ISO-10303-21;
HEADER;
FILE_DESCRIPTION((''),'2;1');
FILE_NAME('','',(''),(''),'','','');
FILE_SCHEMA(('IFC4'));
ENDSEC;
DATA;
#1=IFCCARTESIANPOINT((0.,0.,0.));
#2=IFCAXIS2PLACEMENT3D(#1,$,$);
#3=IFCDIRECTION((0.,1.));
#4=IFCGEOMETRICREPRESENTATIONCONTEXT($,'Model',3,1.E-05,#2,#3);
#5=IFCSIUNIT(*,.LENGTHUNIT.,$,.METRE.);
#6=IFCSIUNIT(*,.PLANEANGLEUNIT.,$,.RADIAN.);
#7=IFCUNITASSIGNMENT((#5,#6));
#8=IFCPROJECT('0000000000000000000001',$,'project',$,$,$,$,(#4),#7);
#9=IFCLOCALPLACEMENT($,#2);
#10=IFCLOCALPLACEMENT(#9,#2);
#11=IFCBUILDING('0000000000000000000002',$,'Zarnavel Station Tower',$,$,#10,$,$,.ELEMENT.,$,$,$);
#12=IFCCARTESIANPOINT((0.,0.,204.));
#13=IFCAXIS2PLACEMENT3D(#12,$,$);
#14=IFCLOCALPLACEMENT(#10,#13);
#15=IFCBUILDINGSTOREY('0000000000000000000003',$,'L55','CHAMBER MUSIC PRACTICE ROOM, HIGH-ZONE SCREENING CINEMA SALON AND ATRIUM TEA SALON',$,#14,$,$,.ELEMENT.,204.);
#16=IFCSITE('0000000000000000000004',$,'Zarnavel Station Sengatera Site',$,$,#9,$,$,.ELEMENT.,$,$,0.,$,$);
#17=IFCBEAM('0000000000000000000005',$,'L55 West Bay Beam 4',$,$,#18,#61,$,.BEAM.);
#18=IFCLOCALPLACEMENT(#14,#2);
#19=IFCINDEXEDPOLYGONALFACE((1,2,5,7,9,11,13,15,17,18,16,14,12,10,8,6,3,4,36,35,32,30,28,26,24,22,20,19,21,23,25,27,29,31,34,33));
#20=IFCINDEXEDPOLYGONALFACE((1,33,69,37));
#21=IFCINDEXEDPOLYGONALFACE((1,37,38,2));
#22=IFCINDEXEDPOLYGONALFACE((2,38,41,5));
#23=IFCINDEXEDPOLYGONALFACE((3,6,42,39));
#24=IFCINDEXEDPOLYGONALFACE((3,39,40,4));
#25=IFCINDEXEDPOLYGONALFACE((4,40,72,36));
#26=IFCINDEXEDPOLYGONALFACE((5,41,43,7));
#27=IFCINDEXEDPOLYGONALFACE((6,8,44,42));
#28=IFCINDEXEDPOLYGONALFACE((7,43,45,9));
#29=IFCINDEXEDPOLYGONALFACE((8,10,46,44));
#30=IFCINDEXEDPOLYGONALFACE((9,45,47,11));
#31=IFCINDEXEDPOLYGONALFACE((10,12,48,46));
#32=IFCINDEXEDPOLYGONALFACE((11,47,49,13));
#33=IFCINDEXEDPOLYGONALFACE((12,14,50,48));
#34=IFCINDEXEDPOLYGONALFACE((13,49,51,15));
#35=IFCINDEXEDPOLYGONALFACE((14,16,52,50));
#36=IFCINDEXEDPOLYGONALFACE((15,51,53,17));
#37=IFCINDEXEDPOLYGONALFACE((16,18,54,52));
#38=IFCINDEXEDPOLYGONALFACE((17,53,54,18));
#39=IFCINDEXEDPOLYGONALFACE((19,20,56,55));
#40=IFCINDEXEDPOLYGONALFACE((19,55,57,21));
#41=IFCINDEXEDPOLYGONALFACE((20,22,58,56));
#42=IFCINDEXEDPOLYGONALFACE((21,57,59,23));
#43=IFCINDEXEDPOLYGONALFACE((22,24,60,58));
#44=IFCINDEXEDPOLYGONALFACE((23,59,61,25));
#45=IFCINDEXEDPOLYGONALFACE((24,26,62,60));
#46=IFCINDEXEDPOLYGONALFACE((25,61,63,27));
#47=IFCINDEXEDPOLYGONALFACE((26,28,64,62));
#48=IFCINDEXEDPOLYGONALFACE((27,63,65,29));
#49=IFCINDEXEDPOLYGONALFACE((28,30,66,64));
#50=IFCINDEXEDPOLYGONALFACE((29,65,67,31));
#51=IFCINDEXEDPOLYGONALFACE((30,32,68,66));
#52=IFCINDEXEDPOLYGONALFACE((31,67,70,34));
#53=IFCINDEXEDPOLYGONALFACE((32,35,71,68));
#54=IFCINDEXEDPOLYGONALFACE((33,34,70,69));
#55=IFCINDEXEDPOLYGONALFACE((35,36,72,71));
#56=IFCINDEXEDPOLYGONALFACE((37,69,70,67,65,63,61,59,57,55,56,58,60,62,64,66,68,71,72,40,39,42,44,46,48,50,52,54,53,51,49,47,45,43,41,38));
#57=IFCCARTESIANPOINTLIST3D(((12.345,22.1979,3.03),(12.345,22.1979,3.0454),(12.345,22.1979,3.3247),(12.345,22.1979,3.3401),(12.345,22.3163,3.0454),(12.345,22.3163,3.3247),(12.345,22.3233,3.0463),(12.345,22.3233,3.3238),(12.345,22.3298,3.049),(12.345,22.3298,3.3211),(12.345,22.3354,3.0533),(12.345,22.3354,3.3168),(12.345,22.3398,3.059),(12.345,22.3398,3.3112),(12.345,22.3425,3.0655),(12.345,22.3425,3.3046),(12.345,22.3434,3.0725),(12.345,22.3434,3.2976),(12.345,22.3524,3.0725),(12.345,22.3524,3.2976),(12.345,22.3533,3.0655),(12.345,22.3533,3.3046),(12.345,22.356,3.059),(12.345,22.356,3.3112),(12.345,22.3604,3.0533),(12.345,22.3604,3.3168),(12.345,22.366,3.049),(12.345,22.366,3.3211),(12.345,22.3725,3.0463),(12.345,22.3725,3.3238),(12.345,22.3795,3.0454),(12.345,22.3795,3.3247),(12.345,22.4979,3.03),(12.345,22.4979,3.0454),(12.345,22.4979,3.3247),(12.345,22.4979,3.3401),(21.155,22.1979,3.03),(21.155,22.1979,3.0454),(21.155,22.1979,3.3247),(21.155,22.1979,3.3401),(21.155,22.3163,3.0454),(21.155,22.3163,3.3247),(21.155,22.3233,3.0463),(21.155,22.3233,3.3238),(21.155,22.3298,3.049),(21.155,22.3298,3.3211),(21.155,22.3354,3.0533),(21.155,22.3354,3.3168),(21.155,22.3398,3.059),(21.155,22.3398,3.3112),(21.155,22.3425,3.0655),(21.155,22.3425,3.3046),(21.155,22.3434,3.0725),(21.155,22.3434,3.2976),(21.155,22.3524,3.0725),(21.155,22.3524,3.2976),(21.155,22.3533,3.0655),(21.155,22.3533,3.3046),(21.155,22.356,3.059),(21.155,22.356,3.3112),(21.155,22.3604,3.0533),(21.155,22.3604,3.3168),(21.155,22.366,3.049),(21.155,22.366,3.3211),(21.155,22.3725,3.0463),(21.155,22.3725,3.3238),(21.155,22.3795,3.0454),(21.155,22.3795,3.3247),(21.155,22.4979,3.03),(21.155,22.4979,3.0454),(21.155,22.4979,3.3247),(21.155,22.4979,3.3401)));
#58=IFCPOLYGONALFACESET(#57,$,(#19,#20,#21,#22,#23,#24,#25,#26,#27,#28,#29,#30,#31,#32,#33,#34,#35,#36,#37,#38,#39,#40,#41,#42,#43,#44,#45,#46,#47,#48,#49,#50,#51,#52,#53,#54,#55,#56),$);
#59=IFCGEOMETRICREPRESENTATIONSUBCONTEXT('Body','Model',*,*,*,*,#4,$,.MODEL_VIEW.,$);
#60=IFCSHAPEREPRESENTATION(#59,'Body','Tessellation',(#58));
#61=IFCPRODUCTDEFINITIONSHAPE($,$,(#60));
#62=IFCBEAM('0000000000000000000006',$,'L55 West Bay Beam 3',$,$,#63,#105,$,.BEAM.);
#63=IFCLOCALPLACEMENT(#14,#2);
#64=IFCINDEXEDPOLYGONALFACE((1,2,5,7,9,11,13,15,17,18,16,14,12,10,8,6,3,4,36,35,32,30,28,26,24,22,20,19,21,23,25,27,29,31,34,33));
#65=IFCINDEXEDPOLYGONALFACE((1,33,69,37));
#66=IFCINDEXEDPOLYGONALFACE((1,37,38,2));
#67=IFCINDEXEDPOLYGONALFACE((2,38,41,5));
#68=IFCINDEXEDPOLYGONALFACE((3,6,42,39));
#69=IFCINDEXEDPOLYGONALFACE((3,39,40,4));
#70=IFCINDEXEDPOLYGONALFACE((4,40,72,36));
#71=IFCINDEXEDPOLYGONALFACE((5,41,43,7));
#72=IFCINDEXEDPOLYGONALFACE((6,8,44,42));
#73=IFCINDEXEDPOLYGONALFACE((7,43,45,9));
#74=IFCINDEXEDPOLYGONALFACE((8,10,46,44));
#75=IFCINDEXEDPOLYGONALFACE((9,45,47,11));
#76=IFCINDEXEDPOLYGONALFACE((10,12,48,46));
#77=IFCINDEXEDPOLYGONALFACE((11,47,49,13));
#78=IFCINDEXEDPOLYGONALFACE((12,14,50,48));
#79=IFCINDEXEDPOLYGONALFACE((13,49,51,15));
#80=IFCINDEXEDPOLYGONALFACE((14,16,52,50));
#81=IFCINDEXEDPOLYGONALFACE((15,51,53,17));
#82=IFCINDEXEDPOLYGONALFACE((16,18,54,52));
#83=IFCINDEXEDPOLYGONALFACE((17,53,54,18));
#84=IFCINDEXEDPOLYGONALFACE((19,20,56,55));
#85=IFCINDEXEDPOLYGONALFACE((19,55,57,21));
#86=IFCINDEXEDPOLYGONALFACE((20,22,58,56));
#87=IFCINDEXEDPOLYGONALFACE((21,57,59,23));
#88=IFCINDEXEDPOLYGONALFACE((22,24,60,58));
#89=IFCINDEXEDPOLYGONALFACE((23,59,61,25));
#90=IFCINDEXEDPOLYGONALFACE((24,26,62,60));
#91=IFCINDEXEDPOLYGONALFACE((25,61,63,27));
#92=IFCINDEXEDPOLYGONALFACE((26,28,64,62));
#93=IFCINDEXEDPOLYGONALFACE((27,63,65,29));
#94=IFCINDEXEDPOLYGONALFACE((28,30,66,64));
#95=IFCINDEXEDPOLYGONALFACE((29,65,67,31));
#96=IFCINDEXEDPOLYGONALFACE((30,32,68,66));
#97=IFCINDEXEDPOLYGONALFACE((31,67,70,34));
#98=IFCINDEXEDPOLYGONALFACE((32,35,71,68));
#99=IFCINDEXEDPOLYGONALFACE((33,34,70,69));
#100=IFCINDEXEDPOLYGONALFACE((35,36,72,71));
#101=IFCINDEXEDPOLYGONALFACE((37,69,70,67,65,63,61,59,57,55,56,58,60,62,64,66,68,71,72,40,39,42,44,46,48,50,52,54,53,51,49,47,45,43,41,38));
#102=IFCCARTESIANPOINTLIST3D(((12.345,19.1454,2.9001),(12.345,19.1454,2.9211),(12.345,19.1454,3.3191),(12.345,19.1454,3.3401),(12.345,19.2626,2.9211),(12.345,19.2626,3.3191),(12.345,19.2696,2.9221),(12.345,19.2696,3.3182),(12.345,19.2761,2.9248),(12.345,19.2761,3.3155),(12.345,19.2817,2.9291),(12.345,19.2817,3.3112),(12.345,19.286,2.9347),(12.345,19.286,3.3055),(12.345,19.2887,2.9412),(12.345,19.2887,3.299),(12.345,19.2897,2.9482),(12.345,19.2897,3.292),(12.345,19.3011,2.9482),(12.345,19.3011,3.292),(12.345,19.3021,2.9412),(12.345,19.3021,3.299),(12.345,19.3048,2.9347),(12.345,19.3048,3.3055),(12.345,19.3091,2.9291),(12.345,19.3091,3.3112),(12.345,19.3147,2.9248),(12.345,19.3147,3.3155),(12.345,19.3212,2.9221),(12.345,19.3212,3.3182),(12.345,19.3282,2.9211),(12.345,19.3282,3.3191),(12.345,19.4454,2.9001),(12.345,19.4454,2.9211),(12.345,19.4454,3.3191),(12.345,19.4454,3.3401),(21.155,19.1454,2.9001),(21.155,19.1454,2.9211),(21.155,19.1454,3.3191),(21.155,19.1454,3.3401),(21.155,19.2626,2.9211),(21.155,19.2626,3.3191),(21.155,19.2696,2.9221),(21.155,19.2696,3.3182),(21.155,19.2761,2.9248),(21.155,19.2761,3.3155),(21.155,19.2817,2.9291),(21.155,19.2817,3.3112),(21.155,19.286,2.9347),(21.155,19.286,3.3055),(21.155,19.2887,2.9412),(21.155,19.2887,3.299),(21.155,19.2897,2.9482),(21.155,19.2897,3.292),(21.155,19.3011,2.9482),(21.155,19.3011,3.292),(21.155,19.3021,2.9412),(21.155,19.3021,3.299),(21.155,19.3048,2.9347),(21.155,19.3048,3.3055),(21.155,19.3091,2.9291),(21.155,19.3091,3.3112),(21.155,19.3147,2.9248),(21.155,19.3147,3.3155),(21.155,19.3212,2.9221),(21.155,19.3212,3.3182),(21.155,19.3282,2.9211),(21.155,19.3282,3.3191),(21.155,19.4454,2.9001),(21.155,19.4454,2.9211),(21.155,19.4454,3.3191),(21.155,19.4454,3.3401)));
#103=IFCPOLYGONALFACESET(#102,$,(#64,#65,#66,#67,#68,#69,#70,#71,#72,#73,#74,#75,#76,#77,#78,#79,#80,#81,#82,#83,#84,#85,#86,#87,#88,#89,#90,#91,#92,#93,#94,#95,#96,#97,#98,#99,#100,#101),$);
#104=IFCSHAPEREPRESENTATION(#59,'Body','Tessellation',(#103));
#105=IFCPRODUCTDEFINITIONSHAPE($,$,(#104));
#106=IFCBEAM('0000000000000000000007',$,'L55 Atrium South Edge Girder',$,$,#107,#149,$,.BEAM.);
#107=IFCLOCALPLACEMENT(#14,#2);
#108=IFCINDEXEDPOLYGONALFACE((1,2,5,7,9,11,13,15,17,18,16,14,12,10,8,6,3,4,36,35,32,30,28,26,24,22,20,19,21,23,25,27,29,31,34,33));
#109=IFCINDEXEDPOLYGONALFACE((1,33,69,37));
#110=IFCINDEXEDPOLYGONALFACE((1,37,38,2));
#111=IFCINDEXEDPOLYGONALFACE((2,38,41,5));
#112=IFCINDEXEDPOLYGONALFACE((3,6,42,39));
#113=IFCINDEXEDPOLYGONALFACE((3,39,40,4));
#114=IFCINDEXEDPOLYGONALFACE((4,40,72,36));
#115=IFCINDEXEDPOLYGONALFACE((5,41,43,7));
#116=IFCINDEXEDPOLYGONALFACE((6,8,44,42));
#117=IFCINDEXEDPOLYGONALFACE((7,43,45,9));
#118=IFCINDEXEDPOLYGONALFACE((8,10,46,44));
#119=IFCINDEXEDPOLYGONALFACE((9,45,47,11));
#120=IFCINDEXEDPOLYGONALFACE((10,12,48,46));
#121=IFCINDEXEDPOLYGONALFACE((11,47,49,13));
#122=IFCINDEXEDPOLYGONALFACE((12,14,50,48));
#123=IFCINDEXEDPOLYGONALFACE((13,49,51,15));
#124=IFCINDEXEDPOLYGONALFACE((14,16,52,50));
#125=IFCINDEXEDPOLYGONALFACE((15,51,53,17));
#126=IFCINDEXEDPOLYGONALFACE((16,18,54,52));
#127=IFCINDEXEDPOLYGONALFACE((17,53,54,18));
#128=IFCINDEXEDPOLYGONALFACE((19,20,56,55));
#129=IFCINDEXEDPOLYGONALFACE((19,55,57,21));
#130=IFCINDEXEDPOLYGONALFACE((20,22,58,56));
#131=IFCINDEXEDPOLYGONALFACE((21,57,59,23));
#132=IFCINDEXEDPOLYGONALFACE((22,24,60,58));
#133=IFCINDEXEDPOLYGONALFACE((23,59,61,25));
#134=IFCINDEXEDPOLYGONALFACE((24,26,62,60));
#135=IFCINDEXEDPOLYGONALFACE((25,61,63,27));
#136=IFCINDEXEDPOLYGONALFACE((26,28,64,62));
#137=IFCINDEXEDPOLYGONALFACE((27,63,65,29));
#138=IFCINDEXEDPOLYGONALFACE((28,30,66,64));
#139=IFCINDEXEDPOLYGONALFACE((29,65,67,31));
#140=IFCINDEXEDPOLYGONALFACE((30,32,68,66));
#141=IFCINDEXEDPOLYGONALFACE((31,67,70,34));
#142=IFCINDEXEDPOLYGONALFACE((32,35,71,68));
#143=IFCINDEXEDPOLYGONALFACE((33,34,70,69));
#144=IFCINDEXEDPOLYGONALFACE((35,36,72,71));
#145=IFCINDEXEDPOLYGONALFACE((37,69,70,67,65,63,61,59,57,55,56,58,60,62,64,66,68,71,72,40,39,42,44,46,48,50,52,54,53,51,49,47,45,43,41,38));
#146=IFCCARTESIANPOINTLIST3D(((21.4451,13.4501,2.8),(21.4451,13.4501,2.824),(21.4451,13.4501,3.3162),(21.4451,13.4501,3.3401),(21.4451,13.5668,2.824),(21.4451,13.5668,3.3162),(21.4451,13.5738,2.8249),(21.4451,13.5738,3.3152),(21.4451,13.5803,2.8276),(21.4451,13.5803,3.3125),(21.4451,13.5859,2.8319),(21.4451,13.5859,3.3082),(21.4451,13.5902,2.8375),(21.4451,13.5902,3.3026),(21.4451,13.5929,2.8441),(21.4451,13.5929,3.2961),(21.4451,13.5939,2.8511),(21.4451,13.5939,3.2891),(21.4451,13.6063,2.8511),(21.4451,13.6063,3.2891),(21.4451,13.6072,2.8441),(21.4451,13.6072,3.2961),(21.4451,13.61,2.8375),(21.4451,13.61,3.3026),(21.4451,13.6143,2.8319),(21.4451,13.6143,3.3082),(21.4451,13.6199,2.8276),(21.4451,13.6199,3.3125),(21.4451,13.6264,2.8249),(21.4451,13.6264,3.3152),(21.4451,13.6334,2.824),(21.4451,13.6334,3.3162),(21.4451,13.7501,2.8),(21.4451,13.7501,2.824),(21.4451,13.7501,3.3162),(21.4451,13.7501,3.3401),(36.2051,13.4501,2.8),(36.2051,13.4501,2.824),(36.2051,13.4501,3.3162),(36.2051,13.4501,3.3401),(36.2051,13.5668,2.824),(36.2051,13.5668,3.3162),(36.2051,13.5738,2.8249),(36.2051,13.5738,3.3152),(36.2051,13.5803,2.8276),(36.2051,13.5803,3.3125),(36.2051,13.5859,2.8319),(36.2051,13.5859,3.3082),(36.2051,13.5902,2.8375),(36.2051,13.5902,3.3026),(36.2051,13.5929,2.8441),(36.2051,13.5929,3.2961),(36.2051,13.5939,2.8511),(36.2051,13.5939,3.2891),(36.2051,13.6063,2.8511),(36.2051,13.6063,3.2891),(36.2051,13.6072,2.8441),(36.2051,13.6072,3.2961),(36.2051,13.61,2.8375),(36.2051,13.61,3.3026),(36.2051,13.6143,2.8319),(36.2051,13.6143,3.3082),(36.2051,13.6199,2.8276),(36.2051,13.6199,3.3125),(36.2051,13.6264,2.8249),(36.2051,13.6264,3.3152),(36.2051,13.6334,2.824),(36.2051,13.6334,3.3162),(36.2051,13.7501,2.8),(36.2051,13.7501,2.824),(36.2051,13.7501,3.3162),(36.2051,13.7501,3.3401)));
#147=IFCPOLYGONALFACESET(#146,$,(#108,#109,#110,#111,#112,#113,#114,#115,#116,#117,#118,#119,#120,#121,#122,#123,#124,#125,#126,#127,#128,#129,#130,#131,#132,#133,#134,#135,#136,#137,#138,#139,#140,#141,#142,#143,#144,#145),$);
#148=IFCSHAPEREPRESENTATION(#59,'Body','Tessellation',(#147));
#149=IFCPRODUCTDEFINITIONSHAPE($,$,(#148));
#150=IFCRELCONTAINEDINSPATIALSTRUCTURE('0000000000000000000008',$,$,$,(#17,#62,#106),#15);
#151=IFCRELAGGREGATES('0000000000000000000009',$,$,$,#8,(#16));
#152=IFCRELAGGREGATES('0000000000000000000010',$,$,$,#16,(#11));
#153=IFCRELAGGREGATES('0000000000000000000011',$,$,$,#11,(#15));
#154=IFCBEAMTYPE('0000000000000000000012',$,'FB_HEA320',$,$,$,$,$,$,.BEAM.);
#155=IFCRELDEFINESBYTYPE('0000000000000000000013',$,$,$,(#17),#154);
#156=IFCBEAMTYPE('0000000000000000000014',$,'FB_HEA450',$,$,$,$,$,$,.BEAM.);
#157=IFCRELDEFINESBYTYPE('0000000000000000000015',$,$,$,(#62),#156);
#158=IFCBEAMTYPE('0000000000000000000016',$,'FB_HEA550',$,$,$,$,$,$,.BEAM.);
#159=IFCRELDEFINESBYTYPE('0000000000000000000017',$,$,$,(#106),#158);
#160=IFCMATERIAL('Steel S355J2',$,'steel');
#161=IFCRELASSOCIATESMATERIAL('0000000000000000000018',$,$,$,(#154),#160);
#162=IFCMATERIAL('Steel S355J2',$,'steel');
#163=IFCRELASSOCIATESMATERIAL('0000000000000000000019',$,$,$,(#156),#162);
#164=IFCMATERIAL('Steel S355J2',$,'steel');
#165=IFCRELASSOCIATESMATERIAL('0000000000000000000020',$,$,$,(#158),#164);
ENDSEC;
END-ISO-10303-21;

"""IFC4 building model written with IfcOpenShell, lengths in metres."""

from ifc_helpers import new_model, si_unit, direction, frame, origin, origin_2d, place, context, subcontext, project, spatial, i_section, extrude, material, material_profile, profile_set, type_object, element, save


model = new_model("IFC4")

# Units and contexts
model_context = context("Model", 3, precision=1e-05, world=origin(), true_north=direction((0.0, 1.0)))
body_context = subcontext(model_context, "Body", "Model", "MODEL_VIEW")
ifc_project = project(units=[si_unit("LENGTHUNIT", "METRE"), si_unit("PLANEANGLEUNIT", "RADIAN")], contexts=[model_context])

# Site, building, storey
site_placement = place(None, origin())
site = spatial("IfcSite", under=ifc_project, at=site_placement, Name="Zarnavel Station Sengatera Site", CompositionType="ELEMENT", RefElevation=0.0)
building_placement = place(site_placement, origin())
building = spatial("IfcBuilding", under=site, at=building_placement, Name="Zarnavel Station Tower", CompositionType="ELEMENT")
storey_placement = place(building_placement, frame((0.0, 0.0, 204.0)))
storey = spatial("IfcBuildingStorey", under=building, at=storey_placement, Name="L55", Description="CHAMBER MUSIC PRACTICE ROOM, HIGH-ZONE SCREENING CINEMA SALON AND ATRIUM TEA SALON", CompositionType="ELEMENT", Elevation=204.0)

# Beams
ifc_material_1 = material(Name="Steel S355J2", Category="steel")
ifc_material_profile_1 = material_profile(ifc_material_1, i_section(OverallWidth=0.3, OverallDepth=0.3101, WebThickness=0.009, FlangeThickness=0.0154, FilletRadius=0.0271, at=origin_2d()), Name="HEA320")
ifc_profile_set_1 = profile_set([ifc_material_profile_1], Name="Steel S355J2")
beam_type_1 = type_object("IfcBeamType", Name="FB_HEA320", PredefinedType="BEAM", material=ifc_profile_set_1)
for number, where, z_axis, x_axis, name in (
    (1, (12.345, 22.3479, 3.1851), (1.0, 0.0, 0.0), (0.0, 1.0, 0.0), "L55 West Bay Beam 4"),
):
    element("IfcBeam", number, at=place(storey_placement, frame(where, z_axis=z_axis, x_axis=x_axis)), inside=storey, type_object=beam_type_1, Name=name, PredefinedType="BEAM", context=body_context, shape_type="SweptSolid", body=[
        extrude(i_section(OverallWidth=0.3, OverallDepth=0.3101, WebThickness=0.009, FlangeThickness=0.0154, FilletRadius=0.0271, at=origin_2d()), origin(), (0.0, 0.0, 1.0), 8.8101),
    ])
ifc_material_2 = material(Name="Steel S355J2", Category="steel")
ifc_material_profile_2 = material_profile(ifc_material_2, i_section(OverallWidth=0.3, OverallDepth=0.4399, WebThickness=0.0115, FlangeThickness=0.021, FilletRadius=0.0271, at=origin_2d()), Name="HEA450")
ifc_profile_set_2 = profile_set([ifc_material_profile_2], Name="Steel S355J2")
beam_type_2 = type_object("IfcBeamType", Name="FB_HEA450", PredefinedType="BEAM", material=ifc_profile_set_2)
beam_1_placement = place(storey_placement, frame((12.345, 19.2954, 3.1201), z_axis=(1.0, 0.0, 0.0), x_axis=(0.0, 1.0, 0.0)))
element("IfcBeam", 2, at=beam_1_placement, inside=storey, type_object=beam_type_2, Name="L55 West Bay Beam 3", PredefinedType="BEAM", context=body_context, shape_type="SweptSolid", body=[
    extrude(i_section(OverallWidth=0.3, OverallDepth=0.4399, WebThickness=0.0115, FlangeThickness=0.021, FilletRadius=0.0271, at=origin_2d()), origin(), (0.0, 0.0, 1.0), 8.8101),
])
ifc_material_3 = material(Name="Steel S355J2", Category="steel")
ifc_material_profile_3 = material_profile(ifc_material_3, i_section(OverallWidth=0.3, OverallDepth=0.54, WebThickness=0.0125, FlangeThickness=0.0239, FilletRadius=0.0271, at=origin_2d()), Name="HEA550")
ifc_profile_set_3 = profile_set([ifc_material_profile_3], Name="Steel S355J2")
beam_type_3 = type_object("IfcBeamType", Name="FB_HEA550", PredefinedType="BEAM", material=ifc_profile_set_3)
beam_2_placement = place(storey_placement, frame((21.4451, 13.6001, 3.0701), z_axis=(1.0, 0.0, 0.0), x_axis=(0.0, 1.0, 0.0)))
element("IfcBeam", 3, at=beam_2_placement, inside=storey, type_object=beam_type_3, Name="L55 Atrium South Edge Girder", PredefinedType="BEAM", context=body_context, shape_type="SweptSolid", body=[
    extrude(i_section(OverallWidth=0.3, OverallDepth=0.54, WebThickness=0.0125, FlangeThickness=0.0239, FilletRadius=0.0271, at=origin_2d()), origin(), (0.0, 0.0, 1.0), 14.76),
])

save(model, "model.ifc")
